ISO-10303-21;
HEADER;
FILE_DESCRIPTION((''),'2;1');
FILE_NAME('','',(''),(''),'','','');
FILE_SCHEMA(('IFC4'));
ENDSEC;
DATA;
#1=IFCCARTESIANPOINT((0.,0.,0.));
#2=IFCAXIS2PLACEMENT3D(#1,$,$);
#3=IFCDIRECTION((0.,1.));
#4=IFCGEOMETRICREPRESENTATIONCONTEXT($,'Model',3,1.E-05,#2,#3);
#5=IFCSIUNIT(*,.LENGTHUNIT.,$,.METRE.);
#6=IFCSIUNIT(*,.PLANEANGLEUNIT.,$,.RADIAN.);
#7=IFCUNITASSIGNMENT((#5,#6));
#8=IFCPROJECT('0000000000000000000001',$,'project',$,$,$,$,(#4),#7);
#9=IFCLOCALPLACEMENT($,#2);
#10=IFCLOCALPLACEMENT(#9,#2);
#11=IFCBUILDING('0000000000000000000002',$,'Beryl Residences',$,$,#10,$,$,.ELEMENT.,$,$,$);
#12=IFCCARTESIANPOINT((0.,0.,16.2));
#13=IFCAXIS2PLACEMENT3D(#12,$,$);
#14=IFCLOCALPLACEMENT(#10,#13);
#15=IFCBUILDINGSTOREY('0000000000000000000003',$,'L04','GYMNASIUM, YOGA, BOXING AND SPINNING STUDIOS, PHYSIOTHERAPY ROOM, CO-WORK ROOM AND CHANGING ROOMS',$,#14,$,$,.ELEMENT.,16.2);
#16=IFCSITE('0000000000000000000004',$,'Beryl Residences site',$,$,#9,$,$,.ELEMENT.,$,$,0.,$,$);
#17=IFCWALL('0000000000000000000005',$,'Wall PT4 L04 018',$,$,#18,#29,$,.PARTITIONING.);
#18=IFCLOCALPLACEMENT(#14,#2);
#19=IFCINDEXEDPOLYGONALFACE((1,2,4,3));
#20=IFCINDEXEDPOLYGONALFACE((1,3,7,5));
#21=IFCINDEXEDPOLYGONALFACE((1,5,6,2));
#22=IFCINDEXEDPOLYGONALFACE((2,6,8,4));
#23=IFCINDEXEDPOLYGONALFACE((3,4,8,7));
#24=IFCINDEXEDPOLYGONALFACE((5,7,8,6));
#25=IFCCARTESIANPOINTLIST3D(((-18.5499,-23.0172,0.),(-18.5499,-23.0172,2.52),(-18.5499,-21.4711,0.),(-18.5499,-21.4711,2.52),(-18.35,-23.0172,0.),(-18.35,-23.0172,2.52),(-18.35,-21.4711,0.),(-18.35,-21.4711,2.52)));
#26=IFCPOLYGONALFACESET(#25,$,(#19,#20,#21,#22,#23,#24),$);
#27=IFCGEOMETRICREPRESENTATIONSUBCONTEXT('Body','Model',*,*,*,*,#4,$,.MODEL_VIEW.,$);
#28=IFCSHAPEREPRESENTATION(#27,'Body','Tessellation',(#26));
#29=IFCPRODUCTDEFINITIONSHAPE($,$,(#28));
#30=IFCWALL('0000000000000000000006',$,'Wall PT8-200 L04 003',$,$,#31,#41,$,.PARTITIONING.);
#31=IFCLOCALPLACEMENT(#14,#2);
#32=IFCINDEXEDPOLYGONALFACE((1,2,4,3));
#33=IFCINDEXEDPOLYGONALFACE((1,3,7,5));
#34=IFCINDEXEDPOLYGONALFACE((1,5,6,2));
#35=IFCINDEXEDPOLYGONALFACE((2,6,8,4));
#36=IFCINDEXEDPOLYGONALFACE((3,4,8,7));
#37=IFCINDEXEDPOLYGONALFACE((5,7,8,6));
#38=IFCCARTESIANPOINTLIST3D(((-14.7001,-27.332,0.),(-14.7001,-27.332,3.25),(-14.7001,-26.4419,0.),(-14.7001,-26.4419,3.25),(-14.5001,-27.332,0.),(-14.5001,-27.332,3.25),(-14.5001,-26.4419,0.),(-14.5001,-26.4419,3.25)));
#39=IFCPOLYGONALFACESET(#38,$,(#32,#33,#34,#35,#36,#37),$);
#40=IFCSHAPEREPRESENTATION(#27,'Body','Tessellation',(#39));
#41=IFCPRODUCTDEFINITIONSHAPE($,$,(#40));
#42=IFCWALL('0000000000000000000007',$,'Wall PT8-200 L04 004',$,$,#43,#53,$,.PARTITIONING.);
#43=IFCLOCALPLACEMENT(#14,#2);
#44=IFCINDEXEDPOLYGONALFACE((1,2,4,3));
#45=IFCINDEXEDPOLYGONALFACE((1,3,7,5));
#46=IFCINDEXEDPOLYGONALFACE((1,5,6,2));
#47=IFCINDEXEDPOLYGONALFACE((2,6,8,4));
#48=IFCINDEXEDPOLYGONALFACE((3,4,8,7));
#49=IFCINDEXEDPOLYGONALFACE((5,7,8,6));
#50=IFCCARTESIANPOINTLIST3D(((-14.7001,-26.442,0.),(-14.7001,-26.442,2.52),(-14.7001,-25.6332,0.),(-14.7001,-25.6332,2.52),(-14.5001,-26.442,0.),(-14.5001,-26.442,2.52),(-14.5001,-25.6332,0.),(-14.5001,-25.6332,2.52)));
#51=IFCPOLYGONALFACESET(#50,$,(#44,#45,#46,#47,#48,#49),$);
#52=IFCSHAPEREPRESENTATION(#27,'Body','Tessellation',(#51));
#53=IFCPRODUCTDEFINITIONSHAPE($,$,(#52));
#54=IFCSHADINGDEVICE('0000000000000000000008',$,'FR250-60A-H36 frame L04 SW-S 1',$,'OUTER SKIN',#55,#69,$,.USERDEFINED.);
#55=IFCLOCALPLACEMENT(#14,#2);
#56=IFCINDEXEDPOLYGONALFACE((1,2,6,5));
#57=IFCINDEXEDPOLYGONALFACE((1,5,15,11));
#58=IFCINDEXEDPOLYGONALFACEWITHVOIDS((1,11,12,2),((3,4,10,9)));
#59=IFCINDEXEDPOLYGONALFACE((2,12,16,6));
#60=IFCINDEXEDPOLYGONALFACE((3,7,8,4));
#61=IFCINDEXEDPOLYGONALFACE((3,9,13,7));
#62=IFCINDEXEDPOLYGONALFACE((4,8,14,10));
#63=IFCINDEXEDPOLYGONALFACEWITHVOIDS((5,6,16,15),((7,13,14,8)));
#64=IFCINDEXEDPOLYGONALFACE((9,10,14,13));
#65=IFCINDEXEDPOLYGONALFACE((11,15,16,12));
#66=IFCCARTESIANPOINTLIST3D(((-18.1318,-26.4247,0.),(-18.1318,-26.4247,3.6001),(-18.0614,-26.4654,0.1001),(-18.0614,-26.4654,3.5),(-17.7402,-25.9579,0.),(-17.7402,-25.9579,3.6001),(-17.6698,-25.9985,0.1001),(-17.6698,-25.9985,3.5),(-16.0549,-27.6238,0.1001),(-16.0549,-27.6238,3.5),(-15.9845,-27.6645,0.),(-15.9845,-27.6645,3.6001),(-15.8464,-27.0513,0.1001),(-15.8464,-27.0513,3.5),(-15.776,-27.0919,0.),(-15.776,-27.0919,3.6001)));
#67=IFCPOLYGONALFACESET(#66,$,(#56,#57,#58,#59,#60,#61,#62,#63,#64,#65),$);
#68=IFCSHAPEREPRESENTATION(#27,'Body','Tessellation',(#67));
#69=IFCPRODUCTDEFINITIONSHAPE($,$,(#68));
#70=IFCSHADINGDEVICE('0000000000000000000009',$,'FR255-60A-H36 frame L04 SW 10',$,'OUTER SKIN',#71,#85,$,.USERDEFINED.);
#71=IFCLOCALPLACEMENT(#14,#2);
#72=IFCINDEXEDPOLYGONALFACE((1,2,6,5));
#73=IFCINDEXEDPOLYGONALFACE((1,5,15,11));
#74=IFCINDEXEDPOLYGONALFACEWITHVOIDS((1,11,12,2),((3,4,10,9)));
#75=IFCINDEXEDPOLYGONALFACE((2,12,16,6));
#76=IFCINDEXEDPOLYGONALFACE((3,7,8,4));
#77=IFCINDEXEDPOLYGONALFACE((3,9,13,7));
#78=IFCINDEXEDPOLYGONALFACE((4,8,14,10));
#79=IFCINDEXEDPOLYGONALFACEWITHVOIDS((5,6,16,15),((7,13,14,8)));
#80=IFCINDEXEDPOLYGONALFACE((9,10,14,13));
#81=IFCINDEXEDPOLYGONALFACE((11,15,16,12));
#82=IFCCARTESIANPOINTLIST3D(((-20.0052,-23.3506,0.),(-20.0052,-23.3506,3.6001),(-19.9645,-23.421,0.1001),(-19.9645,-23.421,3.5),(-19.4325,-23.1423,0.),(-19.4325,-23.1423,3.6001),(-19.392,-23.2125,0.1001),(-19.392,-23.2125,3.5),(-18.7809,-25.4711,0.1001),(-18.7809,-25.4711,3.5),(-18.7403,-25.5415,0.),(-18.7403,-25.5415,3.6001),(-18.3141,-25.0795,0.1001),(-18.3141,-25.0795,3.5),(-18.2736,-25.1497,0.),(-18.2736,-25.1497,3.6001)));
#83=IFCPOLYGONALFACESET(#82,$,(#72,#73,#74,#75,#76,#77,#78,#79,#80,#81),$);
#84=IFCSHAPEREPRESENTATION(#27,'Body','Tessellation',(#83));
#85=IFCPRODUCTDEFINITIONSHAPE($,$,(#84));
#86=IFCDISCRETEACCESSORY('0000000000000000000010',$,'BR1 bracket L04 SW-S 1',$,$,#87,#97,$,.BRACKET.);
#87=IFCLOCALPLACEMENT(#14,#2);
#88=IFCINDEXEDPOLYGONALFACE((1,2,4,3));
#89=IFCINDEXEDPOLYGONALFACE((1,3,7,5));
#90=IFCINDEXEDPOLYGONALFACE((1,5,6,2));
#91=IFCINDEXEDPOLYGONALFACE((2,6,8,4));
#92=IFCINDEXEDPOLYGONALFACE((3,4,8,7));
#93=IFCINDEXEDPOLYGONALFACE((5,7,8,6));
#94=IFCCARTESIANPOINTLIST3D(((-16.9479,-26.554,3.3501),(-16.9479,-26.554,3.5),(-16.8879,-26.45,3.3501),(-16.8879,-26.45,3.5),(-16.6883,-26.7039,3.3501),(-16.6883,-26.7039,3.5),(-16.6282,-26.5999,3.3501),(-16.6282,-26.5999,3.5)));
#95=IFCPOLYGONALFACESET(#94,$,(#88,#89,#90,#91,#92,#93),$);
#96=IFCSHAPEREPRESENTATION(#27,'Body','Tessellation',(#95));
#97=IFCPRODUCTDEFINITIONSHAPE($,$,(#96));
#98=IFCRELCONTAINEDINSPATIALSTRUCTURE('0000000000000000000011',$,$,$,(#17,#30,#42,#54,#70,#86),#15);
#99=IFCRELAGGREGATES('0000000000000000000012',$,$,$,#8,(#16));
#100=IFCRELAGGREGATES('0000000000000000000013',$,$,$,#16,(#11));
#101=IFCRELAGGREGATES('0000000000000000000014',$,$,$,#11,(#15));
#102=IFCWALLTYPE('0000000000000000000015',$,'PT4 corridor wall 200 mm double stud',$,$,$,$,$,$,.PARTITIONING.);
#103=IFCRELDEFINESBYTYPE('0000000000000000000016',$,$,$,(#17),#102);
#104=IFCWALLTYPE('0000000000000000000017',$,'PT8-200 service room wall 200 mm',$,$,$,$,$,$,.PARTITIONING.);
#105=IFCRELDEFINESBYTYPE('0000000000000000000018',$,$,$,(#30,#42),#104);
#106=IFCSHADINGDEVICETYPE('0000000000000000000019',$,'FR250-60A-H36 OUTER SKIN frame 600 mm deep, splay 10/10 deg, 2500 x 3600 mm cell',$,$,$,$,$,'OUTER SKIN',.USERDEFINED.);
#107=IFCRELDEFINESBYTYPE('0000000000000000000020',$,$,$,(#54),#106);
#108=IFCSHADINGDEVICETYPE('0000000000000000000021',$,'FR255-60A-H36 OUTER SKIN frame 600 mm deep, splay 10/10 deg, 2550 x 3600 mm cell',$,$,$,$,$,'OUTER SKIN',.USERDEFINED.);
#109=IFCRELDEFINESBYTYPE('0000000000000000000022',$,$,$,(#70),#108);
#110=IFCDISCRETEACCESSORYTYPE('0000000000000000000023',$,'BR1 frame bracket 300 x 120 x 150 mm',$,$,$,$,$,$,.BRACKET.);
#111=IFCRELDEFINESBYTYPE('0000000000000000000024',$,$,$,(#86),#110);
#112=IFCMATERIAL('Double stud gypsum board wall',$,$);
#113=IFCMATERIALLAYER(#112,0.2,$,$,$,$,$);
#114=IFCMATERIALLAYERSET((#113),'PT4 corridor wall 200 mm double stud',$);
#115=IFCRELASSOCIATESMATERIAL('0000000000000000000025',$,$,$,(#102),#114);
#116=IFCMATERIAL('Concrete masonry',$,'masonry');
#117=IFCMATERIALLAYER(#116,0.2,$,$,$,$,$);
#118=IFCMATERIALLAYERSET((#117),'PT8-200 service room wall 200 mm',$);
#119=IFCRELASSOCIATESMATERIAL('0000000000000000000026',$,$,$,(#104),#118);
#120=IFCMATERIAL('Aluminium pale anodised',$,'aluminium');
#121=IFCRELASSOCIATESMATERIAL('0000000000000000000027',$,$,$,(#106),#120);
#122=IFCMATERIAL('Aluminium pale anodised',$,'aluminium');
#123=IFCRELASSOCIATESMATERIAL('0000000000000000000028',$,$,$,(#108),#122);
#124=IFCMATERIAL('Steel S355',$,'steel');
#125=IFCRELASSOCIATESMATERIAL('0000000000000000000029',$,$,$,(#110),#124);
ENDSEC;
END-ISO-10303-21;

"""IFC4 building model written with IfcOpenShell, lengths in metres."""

from ifc_helpers import new_model, entity, si_unit, direction, frame, frame_2d, origin, place, context, subcontext, project, spatial, polyline, rectangle, outline, extrude, source, transform, mapped, material, layer, layer_set, type_object, type_shapes, element, save


model = new_model("IFC4")

# Units and contexts
model_context = context("Model", 3, precision=1e-05, world=origin(), true_north=direction((0.0, 1.0)))
body_context = subcontext(model_context, "Body", "Model", "MODEL_VIEW")
ifc_project = project(units=[si_unit("LENGTHUNIT", "METRE"), si_unit("PLANEANGLEUNIT", "RADIAN")], contexts=[model_context])

# Site, building, storey
site_placement = place(None, origin())
site = spatial("IfcSite", under=ifc_project, at=site_placement, Name="Beryl Residences site", CompositionType="ELEMENT", RefElevation=0.0)
building_placement = place(site_placement, origin())
building = spatial("IfcBuilding", under=site, at=building_placement, Name="Beryl Residences", CompositionType="ELEMENT")
storey_placement = place(building_placement, frame((0.0, 0.0, 16.2)))
storey = spatial("IfcBuildingStorey", under=building, at=storey_placement, Name="L04", Description="GYMNASIUM, YOGA, BOXING AND SPINNING STUDIOS, PHYSIOTHERAPY ROOM, CO-WORK ROOM AND CHANGING ROOMS", CompositionType="ELEMENT", Elevation=16.2)

# Walls
ifc_material_1 = material(Name="Double stud gypsum board wall")
ifc_layer_1 = layer(ifc_material_1, 0.2)
ifc_layer_set_1 = layer_set([ifc_layer_1], Name="PT4 corridor wall 200 mm double stud")
wall_type_1 = type_object("IfcWallType", Name="PT4 corridor wall 200 mm double stud", PredefinedType="PARTITIONING", material=ifc_layer_set_1)
wall_1_placement = place(storey_placement, frame((-18.45, -23.0171, 0.0), z_axis=(0.0, 0.0, 1.0), x_axis=(0.0, 1.0, 0.0)))
element("IfcWall", 1, at=wall_1_placement, inside=storey, type_object=wall_type_1, Name="Wall PT4 L04 018", PredefinedType="PARTITIONING", context=body_context, shape_type="SweptSolid", body=[
    extrude(rectangle(XDim=1.5461, YDim=0.2, at=frame_2d((0.7729, 0.0))), origin(), (0.0, 0.0, 1.0), 2.52),
])
ifc_material_2 = material(Name="Concrete masonry", Category="masonry")
ifc_layer_2 = layer(ifc_material_2, 0.2)
ifc_layer_set_2 = layer_set([ifc_layer_2], Name="PT8-200 service room wall 200 mm")
wall_type_2 = type_object("IfcWallType", Name="PT8-200 service room wall 200 mm", PredefinedType="PARTITIONING", material=ifc_layer_set_2)
wall_2_placement = place(storey_placement, frame((-14.6001, -27.332, 0.0), z_axis=(0.0, 0.0, 1.0), x_axis=(0.0, 1.0, 0.0)))
element("IfcWall", 2, at=wall_2_placement, inside=storey, type_object=wall_type_2, Name="Wall PT8-200 L04 003", PredefinedType="PARTITIONING", context=body_context, shape_type="SweptSolid", body=[
    extrude(rectangle(XDim=0.8901, YDim=0.2, at=frame_2d((0.4451, 0.0))), origin(), (0.0, 0.0, 1.0), 3.25),
])
wall_3_placement = place(storey_placement, frame((-14.6001, -26.4419, 0.0), z_axis=(0.0, 0.0, 1.0), x_axis=(0.0, 1.0, 0.0)))
element("IfcWall", 3, at=wall_3_placement, inside=storey, type_object=wall_type_2, Name="Wall PT8-200 L04 004", PredefinedType="PARTITIONING", context=body_context, shape_type="SweptSolid", body=[
    extrude(rectangle(XDim=0.8088, YDim=0.2, at=frame_2d((0.4043, 0.0))), origin(), (0.0, 0.0, 1.0), 2.52),
])

# Shading devices
ifc_material_3 = material(Name="Aluminium pale anodised", Category="aluminium")
shading_device_type_1 = type_object("IfcShadingDeviceType", Name="FR250-60A-H36 OUTER SKIN frame 600 mm deep, splay 10/10 deg, 2500 x 3600 mm cell", ElementType="OUTER SKIN", PredefinedType="USERDEFINED", material=ifc_material_3)
cartesian_point_1 = entity("IfcCartesianPoint", [-1.134, 0.0])
cartesian_point_2 = entity("IfcCartesianPoint", [-1.0527, 0.1001])
cartesian_point_3 = entity("IfcCartesianPoint", [-1.2397, 0.0])
cartesian_point_4 = entity("IfcCartesianPoint", [-1.1584, 0.1001])
shared_shape_1 = source(origin(), body_context, "Body", "SweptSolid", [
    entity("IfcExtrudedAreaSolidTapered", entity("IfcArbitraryProfileDefWithVoids", "AREA", None, entity("IfcPolyline", [cartesian_point_1, entity("IfcCartesianPoint", [1.134, 0.0]), entity("IfcCartesianPoint", [1.134, 3.6001]), entity("IfcCartesianPoint", [-1.134, 3.6001]), cartesian_point_1]), [entity("IfcPolyline", [cartesian_point_2, entity("IfcCartesianPoint", [1.0527, 0.1001]), entity("IfcCartesianPoint", [1.0527, 3.5]), entity("IfcCartesianPoint", [-1.0527, 3.5]), cartesian_point_2])]), entity("IfcAxis2Placement3D", entity("IfcCartesianPoint", [0.0, 0.0, 0.0]), entity("IfcDirection", [0.0, 1.0, 0.0]), entity("IfcDirection", [-1.0, 0.0, 0.0])), entity("IfcDirection", [0.0, 0.0, 1.0]), 0.6001, entity("IfcArbitraryProfileDefWithVoids", "AREA", None, entity("IfcPolyline", [cartesian_point_3, entity("IfcCartesianPoint", [1.2397, 0.0]), entity("IfcCartesianPoint", [1.2397, 3.6001]), entity("IfcCartesianPoint", [-1.2397, 3.6001]), cartesian_point_3]), [entity("IfcPolyline", [cartesian_point_4, entity("IfcCartesianPoint", [1.1584, 0.1001]), entity("IfcCartesianPoint", [1.1584, 3.5]), entity("IfcCartesianPoint", [-1.1584, 3.5]), cartesian_point_4])])),
])
type_shapes(shading_device_type_1, [shared_shape_1])
shading_device_1_placement = place(storey_placement, frame((-16.7581, -26.5249, 0.0), z_axis=(0.0, 0.0, 1.0), x_axis=(-0.866025, 0.5, 0.0)))
element("IfcShadingDevice", 4, at=shading_device_1_placement, inside=storey, type_object=shading_device_type_1, Name="FR250-60A-H36 frame L04 SW-S 1", ObjectType="OUTER SKIN", PredefinedType="USERDEFINED", context=body_context, shape_type="MappedRepresentation", body=[
    mapped(shared_shape_1, transform((0.0, 0.0, 0.0))),
])
ifc_material_4 = material(Name="Aluminium pale anodised", Category="aluminium")
shading_device_type_2 = type_object("IfcShadingDeviceType", Name="FR255-60A-H36 OUTER SKIN frame 600 mm deep, splay 10/10 deg, 2550 x 3600 mm cell", ElementType="OUTER SKIN", PredefinedType="USERDEFINED", material=ifc_material_4)
cartesian_point_5 = entity("IfcCartesianPoint", [-1.1589, 0.0])
cartesian_point_6 = entity("IfcCartesianPoint", [-1.0779, 0.1001])
cartesian_point_7 = entity("IfcCartesianPoint", [-1.2649, 0.0])
cartesian_point_8 = entity("IfcCartesianPoint", [-1.1836, 0.1001])
shared_shape_2 = source(origin(), body_context, "Body", "SweptSolid", [
    entity("IfcExtrudedAreaSolidTapered", entity("IfcArbitraryProfileDefWithVoids", "AREA", None, entity("IfcPolyline", [cartesian_point_5, entity("IfcCartesianPoint", [1.1589, 0.0]), entity("IfcCartesianPoint", [1.1589, 3.6001]), entity("IfcCartesianPoint", [-1.1589, 3.6001]), cartesian_point_5]), [entity("IfcPolyline", [cartesian_point_6, entity("IfcCartesianPoint", [1.0779, 0.1001]), entity("IfcCartesianPoint", [1.0779, 3.5]), entity("IfcCartesianPoint", [-1.0779, 3.5]), cartesian_point_6])]), entity("IfcAxis2Placement3D", entity("IfcCartesianPoint", [0.0, 0.0, 0.0]), entity("IfcDirection", [0.0, 1.0, 0.0]), entity("IfcDirection", [-1.0, 0.0, 0.0])), entity("IfcDirection", [0.0, 0.0, 1.0]), 0.6001, entity("IfcArbitraryProfileDefWithVoids", "AREA", None, entity("IfcPolyline", [cartesian_point_7, entity("IfcCartesianPoint", [1.2649, 0.0]), entity("IfcCartesianPoint", [1.2649, 3.6001]), entity("IfcCartesianPoint", [-1.2649, 3.6001]), cartesian_point_7]), [entity("IfcPolyline", [cartesian_point_8, entity("IfcCartesianPoint", [1.1836, 0.1001]), entity("IfcCartesianPoint", [1.1836, 3.5]), entity("IfcCartesianPoint", [-1.1836, 3.5]), cartesian_point_8])])),
])
type_shapes(shading_device_type_2, [shared_shape_2])
shading_device_2_placement = place(storey_placement, frame((-18.853, -24.146, 0.0), z_axis=(0.0, 0.0, 1.0), x_axis=(-0.5, 0.866025, 0.0)))
element("IfcShadingDevice", 5, at=shading_device_2_placement, inside=storey, type_object=shading_device_type_2, Name="FR255-60A-H36 frame L04 SW 10", ObjectType="OUTER SKIN", PredefinedType="USERDEFINED", context=body_context, shape_type="MappedRepresentation", body=[
    mapped(shared_shape_2, transform((0.0, 0.0, 0.0))),
])

# Discrete accessory
ifc_material_5 = material(Name="Steel S355", Category="steel")
discrete_accessory_type = type_object("IfcDiscreteAccessoryType", Name="BR1 frame bracket 300 x 120 x 150 mm", PredefinedType="BRACKET", material=ifc_material_5)
shared_shape_3 = source(origin(), body_context, "Body", "SweptSolid", [
    extrude(outline(polyline([(-0.1499, 0.0), (0.1499, 0.0), (0.1499, 0.1201), (-0.1499, 0.1201), (-0.1499, 0.0)])), origin(), (0.0, 0.0, 1.0), 0.1499),
])
type_shapes(discrete_accessory_type, [shared_shape_3])
discrete_accessory_placement = place(storey_placement, frame((-16.7581, -26.5249, 3.3501), z_axis=(0.0, 0.0, 1.0), x_axis=(-0.866025, 0.5, 0.0)))
element("IfcDiscreteAccessory", 6, at=discrete_accessory_placement, inside=storey, type_object=discrete_accessory_type, Name="BR1 bracket L04 SW-S 1", PredefinedType="BRACKET", context=body_context, shape_type="MappedRepresentation", body=[
    mapped(shared_shape_3, transform((0.0, 0.0, 0.0))),
])

save(model, "model.ifc")
